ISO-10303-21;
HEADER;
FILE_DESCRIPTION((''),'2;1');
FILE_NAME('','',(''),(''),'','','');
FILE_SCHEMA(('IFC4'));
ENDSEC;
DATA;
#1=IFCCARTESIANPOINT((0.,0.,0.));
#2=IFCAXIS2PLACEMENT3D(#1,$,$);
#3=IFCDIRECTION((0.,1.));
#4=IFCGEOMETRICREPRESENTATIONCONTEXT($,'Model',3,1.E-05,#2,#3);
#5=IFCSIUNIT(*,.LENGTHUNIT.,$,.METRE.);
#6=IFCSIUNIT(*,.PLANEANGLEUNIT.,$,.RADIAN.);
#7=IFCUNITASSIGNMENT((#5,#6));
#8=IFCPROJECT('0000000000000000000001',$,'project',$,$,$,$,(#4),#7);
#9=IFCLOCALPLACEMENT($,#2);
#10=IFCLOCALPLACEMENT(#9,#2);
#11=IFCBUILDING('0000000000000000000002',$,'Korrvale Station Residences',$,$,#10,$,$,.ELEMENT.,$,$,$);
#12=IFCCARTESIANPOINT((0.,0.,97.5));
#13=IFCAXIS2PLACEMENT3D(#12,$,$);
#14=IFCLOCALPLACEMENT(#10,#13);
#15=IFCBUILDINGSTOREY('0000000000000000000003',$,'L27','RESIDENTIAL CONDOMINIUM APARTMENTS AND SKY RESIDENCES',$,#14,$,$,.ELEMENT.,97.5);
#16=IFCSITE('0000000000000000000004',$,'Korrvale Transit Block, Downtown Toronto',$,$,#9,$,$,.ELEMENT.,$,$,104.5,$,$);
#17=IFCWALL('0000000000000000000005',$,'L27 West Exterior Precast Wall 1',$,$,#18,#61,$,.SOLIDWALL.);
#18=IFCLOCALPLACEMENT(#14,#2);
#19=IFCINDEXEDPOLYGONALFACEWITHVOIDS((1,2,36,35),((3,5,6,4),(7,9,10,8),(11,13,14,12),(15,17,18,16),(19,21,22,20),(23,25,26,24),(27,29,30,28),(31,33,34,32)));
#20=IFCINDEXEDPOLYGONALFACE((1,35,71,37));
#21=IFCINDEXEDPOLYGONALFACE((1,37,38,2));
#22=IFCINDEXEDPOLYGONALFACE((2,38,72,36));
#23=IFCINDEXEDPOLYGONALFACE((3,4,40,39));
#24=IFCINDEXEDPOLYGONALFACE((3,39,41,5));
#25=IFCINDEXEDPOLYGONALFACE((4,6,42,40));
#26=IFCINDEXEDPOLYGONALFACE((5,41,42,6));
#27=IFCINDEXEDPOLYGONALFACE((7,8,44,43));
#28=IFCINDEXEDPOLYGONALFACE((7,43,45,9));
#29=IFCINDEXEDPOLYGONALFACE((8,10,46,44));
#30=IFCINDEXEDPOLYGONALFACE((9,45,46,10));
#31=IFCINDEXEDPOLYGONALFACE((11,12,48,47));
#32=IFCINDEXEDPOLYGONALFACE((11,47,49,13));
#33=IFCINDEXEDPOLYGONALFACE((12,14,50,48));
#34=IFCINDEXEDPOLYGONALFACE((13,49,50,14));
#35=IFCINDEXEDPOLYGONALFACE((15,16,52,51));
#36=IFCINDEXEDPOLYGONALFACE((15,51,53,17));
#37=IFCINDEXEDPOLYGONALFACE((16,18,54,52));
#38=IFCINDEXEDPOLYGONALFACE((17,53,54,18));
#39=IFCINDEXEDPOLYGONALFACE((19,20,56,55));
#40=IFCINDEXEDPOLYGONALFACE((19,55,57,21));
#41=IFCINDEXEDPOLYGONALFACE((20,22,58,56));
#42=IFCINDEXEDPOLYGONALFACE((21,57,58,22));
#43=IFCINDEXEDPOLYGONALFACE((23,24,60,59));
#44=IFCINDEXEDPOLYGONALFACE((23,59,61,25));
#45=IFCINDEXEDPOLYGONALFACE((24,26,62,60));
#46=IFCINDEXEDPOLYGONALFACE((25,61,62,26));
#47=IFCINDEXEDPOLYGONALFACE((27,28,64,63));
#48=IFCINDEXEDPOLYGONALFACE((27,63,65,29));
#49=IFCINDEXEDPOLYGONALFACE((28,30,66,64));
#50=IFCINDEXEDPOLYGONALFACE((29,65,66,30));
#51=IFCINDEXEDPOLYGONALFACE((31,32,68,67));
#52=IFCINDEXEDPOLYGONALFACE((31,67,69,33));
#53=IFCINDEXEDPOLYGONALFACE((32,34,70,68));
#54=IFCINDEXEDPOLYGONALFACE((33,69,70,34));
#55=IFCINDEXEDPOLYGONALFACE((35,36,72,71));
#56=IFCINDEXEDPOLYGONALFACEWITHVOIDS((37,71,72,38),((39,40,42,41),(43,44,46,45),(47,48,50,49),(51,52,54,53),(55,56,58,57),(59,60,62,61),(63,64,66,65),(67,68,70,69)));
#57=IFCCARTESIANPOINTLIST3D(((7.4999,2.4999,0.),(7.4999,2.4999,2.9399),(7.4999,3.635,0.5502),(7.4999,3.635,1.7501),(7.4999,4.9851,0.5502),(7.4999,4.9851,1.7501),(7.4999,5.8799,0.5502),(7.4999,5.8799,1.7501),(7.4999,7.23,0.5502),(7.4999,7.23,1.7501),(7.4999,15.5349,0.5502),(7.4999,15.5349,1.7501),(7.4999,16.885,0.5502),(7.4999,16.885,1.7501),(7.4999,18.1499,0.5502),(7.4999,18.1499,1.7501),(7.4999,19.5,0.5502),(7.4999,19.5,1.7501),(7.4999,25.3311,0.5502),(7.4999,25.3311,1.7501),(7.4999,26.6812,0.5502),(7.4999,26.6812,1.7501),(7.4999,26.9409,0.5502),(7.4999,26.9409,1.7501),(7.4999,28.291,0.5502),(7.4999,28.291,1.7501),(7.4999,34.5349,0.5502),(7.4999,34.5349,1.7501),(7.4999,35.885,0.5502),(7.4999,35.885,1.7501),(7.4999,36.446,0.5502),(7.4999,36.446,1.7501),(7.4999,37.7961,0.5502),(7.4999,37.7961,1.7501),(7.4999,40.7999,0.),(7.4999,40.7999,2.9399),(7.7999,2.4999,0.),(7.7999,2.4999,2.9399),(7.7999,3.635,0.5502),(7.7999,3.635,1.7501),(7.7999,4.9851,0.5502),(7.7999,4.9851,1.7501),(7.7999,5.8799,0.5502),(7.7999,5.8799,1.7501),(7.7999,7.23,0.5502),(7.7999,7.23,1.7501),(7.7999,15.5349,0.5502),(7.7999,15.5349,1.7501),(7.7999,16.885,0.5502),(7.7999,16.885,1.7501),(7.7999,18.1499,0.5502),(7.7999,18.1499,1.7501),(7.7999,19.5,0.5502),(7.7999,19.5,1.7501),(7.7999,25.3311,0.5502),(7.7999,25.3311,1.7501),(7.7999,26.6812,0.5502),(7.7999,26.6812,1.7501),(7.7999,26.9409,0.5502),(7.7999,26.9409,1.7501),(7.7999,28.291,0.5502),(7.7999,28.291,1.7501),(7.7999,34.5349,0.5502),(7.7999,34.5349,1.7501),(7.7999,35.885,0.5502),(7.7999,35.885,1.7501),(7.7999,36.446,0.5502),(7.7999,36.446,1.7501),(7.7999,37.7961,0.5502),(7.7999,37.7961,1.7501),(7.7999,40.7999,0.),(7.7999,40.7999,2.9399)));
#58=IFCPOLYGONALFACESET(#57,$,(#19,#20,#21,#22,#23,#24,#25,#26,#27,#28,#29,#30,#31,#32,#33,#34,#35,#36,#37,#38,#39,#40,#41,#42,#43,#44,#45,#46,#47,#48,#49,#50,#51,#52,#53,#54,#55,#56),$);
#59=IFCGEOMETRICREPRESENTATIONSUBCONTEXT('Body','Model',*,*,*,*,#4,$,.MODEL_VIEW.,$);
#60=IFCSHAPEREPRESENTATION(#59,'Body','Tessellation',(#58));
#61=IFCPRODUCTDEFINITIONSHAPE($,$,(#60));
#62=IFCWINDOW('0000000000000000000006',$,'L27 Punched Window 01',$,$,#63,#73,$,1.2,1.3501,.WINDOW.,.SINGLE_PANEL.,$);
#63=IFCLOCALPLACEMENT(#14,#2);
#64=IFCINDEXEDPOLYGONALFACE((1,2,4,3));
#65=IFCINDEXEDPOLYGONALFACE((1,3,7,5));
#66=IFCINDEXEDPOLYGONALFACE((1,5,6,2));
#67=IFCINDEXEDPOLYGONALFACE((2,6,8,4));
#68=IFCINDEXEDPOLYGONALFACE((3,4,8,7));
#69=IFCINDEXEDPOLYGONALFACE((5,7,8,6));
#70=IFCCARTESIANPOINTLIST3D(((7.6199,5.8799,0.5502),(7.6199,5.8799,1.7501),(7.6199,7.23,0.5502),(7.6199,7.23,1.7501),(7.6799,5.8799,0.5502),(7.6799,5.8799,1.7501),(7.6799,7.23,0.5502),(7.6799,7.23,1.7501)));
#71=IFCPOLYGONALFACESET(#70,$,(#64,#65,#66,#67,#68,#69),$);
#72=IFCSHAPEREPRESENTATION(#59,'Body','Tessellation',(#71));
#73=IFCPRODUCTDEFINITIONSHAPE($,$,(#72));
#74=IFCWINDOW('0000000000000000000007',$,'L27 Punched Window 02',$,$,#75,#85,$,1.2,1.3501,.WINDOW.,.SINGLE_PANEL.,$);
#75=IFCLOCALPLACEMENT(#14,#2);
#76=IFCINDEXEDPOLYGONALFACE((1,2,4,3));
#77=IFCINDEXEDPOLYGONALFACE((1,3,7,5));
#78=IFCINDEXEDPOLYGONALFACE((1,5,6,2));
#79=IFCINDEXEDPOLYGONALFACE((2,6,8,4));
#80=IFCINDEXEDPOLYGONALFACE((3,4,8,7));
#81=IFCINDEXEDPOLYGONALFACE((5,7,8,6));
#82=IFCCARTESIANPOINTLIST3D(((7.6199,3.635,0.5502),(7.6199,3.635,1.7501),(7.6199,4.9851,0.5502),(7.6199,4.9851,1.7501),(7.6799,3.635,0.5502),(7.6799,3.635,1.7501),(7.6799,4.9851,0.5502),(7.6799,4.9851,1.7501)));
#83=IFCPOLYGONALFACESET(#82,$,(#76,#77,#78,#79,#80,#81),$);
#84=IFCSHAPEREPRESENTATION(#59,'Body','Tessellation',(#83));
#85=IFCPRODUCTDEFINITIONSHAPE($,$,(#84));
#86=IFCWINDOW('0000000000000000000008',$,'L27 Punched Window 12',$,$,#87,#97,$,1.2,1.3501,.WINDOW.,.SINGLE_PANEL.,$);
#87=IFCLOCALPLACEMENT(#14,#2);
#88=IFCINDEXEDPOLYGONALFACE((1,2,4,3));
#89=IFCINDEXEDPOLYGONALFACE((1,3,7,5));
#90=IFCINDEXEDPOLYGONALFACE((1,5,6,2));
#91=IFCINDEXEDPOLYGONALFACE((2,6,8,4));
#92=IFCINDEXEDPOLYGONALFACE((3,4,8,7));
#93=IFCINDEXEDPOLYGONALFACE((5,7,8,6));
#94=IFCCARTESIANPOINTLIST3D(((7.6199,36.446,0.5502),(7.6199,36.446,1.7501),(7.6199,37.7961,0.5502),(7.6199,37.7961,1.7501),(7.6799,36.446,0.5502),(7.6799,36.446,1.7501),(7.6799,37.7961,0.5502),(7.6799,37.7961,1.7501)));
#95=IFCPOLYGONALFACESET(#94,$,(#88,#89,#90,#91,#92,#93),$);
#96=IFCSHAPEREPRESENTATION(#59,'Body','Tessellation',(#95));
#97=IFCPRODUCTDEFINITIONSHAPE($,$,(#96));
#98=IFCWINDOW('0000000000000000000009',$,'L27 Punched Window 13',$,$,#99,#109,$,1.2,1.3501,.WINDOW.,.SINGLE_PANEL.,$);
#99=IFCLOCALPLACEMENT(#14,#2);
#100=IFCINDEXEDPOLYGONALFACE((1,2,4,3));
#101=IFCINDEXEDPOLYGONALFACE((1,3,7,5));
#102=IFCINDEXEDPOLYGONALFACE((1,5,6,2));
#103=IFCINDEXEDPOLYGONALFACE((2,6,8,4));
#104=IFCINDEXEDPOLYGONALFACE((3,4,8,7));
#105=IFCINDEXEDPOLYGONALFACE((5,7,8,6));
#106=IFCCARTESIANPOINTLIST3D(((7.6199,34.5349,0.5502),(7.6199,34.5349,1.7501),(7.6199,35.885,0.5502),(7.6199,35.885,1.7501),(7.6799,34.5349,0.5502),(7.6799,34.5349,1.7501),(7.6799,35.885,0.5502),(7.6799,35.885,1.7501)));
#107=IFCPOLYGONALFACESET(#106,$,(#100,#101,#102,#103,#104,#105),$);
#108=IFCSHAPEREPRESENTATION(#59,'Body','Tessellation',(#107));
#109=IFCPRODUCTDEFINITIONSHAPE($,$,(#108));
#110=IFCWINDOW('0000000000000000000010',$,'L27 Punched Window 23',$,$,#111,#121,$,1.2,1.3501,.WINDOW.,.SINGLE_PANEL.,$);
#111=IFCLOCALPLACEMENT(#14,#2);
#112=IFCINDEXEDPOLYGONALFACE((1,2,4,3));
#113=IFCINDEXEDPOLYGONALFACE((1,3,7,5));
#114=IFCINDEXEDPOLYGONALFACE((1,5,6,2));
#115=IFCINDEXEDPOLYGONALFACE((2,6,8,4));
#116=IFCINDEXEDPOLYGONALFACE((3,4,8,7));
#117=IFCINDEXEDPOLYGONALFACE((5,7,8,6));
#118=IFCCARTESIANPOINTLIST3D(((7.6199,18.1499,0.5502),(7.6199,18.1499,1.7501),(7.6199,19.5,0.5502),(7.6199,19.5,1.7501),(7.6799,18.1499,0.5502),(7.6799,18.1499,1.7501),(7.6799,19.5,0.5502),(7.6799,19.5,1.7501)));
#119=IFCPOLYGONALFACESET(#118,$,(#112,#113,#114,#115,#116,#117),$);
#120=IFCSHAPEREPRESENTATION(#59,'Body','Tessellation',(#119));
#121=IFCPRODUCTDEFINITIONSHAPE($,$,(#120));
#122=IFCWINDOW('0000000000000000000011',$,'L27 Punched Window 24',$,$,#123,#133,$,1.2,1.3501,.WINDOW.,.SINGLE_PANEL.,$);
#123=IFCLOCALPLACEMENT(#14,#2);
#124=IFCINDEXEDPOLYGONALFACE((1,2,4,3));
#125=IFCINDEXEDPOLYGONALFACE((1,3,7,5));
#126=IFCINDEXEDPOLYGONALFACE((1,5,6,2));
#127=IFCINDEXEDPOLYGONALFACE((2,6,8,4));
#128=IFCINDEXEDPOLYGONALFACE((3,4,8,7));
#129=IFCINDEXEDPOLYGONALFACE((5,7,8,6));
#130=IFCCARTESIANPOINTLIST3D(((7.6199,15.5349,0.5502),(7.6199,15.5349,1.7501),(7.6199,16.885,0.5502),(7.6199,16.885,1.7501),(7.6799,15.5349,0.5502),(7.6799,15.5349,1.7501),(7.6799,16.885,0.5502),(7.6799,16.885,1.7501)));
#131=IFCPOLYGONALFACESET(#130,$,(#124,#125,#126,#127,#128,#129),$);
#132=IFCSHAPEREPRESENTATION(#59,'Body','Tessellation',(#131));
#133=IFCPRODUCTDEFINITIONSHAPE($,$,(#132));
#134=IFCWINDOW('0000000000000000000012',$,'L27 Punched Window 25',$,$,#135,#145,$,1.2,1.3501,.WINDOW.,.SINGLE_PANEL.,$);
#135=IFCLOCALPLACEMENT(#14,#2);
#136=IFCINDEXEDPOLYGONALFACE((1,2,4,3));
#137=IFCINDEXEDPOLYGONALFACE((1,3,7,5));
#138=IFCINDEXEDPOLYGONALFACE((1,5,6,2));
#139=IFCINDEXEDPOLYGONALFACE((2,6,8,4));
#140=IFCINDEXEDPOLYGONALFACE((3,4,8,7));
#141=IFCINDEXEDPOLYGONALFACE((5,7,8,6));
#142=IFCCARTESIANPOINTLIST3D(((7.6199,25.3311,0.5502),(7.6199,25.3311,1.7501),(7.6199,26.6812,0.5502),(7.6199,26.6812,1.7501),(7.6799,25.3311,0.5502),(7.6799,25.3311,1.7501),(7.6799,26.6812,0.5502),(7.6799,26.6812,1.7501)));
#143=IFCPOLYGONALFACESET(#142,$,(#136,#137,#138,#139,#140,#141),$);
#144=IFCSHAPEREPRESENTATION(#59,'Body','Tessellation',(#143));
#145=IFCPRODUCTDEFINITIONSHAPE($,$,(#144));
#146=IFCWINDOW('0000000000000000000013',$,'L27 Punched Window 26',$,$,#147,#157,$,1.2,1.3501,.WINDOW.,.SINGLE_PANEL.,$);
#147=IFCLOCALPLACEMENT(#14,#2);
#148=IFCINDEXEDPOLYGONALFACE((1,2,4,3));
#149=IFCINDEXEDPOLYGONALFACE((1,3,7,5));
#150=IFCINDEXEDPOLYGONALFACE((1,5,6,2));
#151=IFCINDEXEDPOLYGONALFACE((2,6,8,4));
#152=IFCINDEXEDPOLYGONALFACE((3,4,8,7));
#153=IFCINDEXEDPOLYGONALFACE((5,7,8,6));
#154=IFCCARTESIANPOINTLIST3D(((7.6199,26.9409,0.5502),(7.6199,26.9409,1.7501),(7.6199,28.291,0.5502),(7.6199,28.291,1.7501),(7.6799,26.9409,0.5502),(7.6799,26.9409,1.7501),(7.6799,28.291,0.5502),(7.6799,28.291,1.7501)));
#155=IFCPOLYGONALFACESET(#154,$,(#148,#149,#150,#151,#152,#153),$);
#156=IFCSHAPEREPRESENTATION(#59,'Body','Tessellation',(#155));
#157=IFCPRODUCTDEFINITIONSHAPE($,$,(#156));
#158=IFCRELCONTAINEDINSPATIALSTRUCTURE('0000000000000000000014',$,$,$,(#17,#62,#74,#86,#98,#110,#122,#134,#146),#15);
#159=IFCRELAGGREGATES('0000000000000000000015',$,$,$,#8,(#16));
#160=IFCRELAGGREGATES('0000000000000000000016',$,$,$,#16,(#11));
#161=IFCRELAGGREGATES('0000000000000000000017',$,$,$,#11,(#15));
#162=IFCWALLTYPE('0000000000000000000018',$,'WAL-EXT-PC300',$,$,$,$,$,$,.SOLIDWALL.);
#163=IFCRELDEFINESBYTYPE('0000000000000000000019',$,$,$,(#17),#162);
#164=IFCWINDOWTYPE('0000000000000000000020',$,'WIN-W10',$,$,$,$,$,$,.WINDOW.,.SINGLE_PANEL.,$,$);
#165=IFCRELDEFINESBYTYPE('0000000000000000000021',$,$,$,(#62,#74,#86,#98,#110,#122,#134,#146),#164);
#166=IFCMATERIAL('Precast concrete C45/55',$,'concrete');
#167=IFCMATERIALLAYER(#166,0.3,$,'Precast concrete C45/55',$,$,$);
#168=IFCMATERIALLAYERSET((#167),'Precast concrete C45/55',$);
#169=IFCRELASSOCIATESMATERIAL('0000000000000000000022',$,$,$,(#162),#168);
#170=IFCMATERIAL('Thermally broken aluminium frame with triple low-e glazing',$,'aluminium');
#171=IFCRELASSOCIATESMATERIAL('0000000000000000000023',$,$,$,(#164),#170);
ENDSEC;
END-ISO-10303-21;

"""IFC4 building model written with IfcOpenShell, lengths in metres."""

from ifc_helpers import new_model, si_unit, direction, frame, frame_2d, origin, place, context, subcontext, project, spatial, rectangle, extrude, material, layer, layer_set, type_object, element, fill, save


model = new_model("IFC4")

# Units and contexts
model_context = context("Model", 3, precision=1e-05, world=origin(), true_north=direction((0.0, 1.0)))
body_context = subcontext(model_context, "Body", "Model", "MODEL_VIEW")
ifc_project = project(units=[si_unit("LENGTHUNIT", "METRE"), si_unit("PLANEANGLEUNIT", "RADIAN")], contexts=[model_context])

# Site, building, storey
site_placement = place(None, origin())
site = spatial("IfcSite", under=ifc_project, at=site_placement, Name="Korrvale Transit Block, Downtown Toronto", CompositionType="ELEMENT", RefElevation=104.5)
building_placement = place(site_placement, origin())
building = spatial("IfcBuilding", under=site, at=building_placement, Name="Korrvale Station Residences", CompositionType="ELEMENT")
storey_placement = place(building_placement, frame((0.0, 0.0, 97.5)))
storey = spatial("IfcBuildingStorey", under=building, at=storey_placement, Name="L27", Description="RESIDENTIAL CONDOMINIUM APARTMENTS AND SKY RESIDENCES", CompositionType="ELEMENT", Elevation=97.5)

# Shared definitions
ifc_material_1 = material(Name="Precast concrete C45/55", Category="concrete")

# Wall, openings, windows
ifc_layer_1 = layer(ifc_material_1, 0.3, Name="Precast concrete C45/55")
ifc_layer_set_1 = layer_set([ifc_layer_1], Name="Precast concrete C45/55")
wall_type_1 = type_object("IfcWallType", Name="WAL-EXT-PC300", PredefinedType="SOLIDWALL", material=ifc_layer_set_1)
wall_1_placement = place(storey_placement, frame((7.6499, 2.5, 0.0), z_axis=(0.0, 0.0, 1.0), x_axis=(0.0, 1.0, 0.0)))
wall_1 = element("IfcWall", 1, at=wall_1_placement, inside=storey, type_object=wall_type_1, Name="L27 West Exterior Precast Wall 1", PredefinedType="SOLIDWALL", context=body_context, shape_type="SweptSolid", body=[
    extrude(rectangle(XDim=38.3, YDim=0.3, at=frame_2d((19.1499, 0.0))), origin(), (0.0, 0.0, 1.0), 2.9399),
])
opening_1_placement = place(wall_1_placement, frame((3.3799, 0.0, 0.55)))
opening_1 = element("IfcOpeningElement", 2, at=opening_1_placement, cuts=wall_1, PredefinedType="OPENING", context=body_context, shape_type="SweptSolid", body=[
    extrude(rectangle(XDim=1.3501, YDim=1.2, at=frame_2d((0.675, 0.6001))), frame((0.0, 0.1602, 0.0), z_axis=(0.0, -1.0, 0.0), x_axis=(1.0, 0.0, 0.0)), (0.0, 0.0, 1.0), 0.3201),
])
opening_2_placement = place(wall_1_placement, frame((1.135, 0.0, 0.55)))
opening_2 = element("IfcOpeningElement", 3, at=opening_2_placement, cuts=wall_1, PredefinedType="OPENING", context=body_context, shape_type="SweptSolid", body=[
    extrude(rectangle(XDim=1.3501, YDim=1.2, at=frame_2d((0.675, 0.6001))), frame((0.0, 0.1602, 0.0), z_axis=(0.0, -1.0, 0.0), x_axis=(1.0, 0.0, 0.0)), (0.0, 0.0, 1.0), 0.3201),
])
opening_3_placement = place(wall_1_placement, frame((33.946, 0.0, 0.55)))
opening_3 = element("IfcOpeningElement", 4, at=opening_3_placement, cuts=wall_1, PredefinedType="OPENING", context=body_context, shape_type="SweptSolid", body=[
    extrude(rectangle(XDim=1.3501, YDim=1.2, at=frame_2d((0.675, 0.6001))), frame((0.0, 0.1602, 0.0), z_axis=(0.0, -1.0, 0.0), x_axis=(1.0, 0.0, 0.0)), (0.0, 0.0, 1.0), 0.3201),
])
opening_4_placement = place(wall_1_placement, frame((32.0349, 0.0, 0.55)))
opening_4 = element("IfcOpeningElement", 5, at=opening_4_placement, cuts=wall_1, PredefinedType="OPENING", context=body_context, shape_type="SweptSolid", body=[
    extrude(rectangle(XDim=1.3501, YDim=1.2, at=frame_2d((0.675, 0.6001))), frame((0.0, 0.1602, 0.0), z_axis=(0.0, -1.0, 0.0), x_axis=(1.0, 0.0, 0.0)), (0.0, 0.0, 1.0), 0.3201),
])
opening_5_placement = place(wall_1_placement, frame((15.6499, 0.0, 0.55)))
opening_5 = element("IfcOpeningElement", 6, at=opening_5_placement, cuts=wall_1, PredefinedType="OPENING", context=body_context, shape_type="SweptSolid", body=[
    extrude(rectangle(XDim=1.3501, YDim=1.2, at=frame_2d((0.675, 0.6001))), frame((0.0, 0.1602, 0.0), z_axis=(0.0, -1.0, 0.0), x_axis=(1.0, 0.0, 0.0)), (0.0, 0.0, 1.0), 0.3201),
])
opening_6_placement = place(wall_1_placement, frame((13.0349, 0.0, 0.55)))
opening_6 = element("IfcOpeningElement", 7, at=opening_6_placement, cuts=wall_1, PredefinedType="OPENING", context=body_context, shape_type="SweptSolid", body=[
    extrude(rectangle(XDim=1.3501, YDim=1.2, at=frame_2d((0.675, 0.6001))), frame((0.0, 0.1602, 0.0), z_axis=(0.0, -1.0, 0.0), x_axis=(1.0, 0.0, 0.0)), (0.0, 0.0, 1.0), 0.3201),
])
opening_7_placement = place(wall_1_placement, frame((22.8311, 0.0, 0.55)))
opening_7 = element("IfcOpeningElement", 8, at=opening_7_placement, cuts=wall_1, PredefinedType="OPENING", context=body_context, shape_type="SweptSolid", body=[
    extrude(rectangle(XDim=1.3501, YDim=1.2, at=frame_2d((0.675, 0.6001))), frame((0.0, 0.1602, 0.0), z_axis=(0.0, -1.0, 0.0), x_axis=(1.0, 0.0, 0.0)), (0.0, 0.0, 1.0), 0.3201),
])
opening_8_placement = place(wall_1_placement, frame((24.4409, 0.0, 0.55)))
opening_8 = element("IfcOpeningElement", 9, at=opening_8_placement, cuts=wall_1, PredefinedType="OPENING", context=body_context, shape_type="SweptSolid", body=[
    extrude(rectangle(XDim=1.3501, YDim=1.2, at=frame_2d((0.675, 0.6001))), frame((0.0, 0.1602, 0.0), z_axis=(0.0, -1.0, 0.0), x_axis=(1.0, 0.0, 0.0)), (0.0, 0.0, 1.0), 0.3201),
])
ifc_material_2 = material(Name="Thermally broken aluminium frame with triple low-e glazing", Category="aluminium")
window_type = type_object("IfcWindowType", Name="WIN-W10", PartitioningType="SINGLE_PANEL", PredefinedType="WINDOW", material=ifc_material_2)
window_1_placement = place(opening_1_placement, origin())
window_1 = element("IfcWindow", 10, at=window_1_placement, inside=storey, type_object=window_type, Name="L27 Punched Window 01", OverallHeight=1.2, OverallWidth=1.3501, PartitioningType="SINGLE_PANEL", PredefinedType="WINDOW", context=body_context, shape_type="SweptSolid", body=[
    extrude(rectangle(XDim=1.3501, YDim=1.2, at=frame_2d((0.675, 0.6001))), frame((0.0, 0.03, 0.0), z_axis=(0.0, -1.0, 0.0), x_axis=(1.0, 0.0, 0.0)), (0.0, 0.0, 1.0), 0.0601),
])
fill(opening_1, window_1)
window_2_placement = place(opening_2_placement, origin())
window_2 = element("IfcWindow", 11, at=window_2_placement, inside=storey, type_object=window_type, Name="L27 Punched Window 02", OverallHeight=1.2, OverallWidth=1.3501, PartitioningType="SINGLE_PANEL", PredefinedType="WINDOW", context=body_context, shape_type="SweptSolid", body=[
    extrude(rectangle(XDim=1.3501, YDim=1.2, at=frame_2d((0.675, 0.6001))), frame((0.0, 0.03, 0.0), z_axis=(0.0, -1.0, 0.0), x_axis=(1.0, 0.0, 0.0)), (0.0, 0.0, 1.0), 0.0601),
])
fill(opening_2, window_2)
window_3_placement = place(opening_3_placement, origin())
window_3 = element("IfcWindow", 12, at=window_3_placement, inside=storey, type_object=window_type, Name="L27 Punched Window 12", OverallHeight=1.2, OverallWidth=1.3501, PartitioningType="SINGLE_PANEL", PredefinedType="WINDOW", context=body_context, shape_type="SweptSolid", body=[
    extrude(rectangle(XDim=1.3501, YDim=1.2, at=frame_2d((0.675, 0.6001))), frame((0.0, 0.03, 0.0), z_axis=(0.0, -1.0, 0.0), x_axis=(1.0, 0.0, 0.0)), (0.0, 0.0, 1.0), 0.0601),
])
fill(opening_3, window_3)
window_4_placement = place(opening_4_placement, origin())
window_4 = element("IfcWindow", 13, at=window_4_placement, inside=storey, type_object=window_type, Name="L27 Punched Window 13", OverallHeight=1.2, OverallWidth=1.3501, PartitioningType="SINGLE_PANEL", PredefinedType="WINDOW", context=body_context, shape_type="SweptSolid", body=[
    extrude(rectangle(XDim=1.3501, YDim=1.2, at=frame_2d((0.675, 0.6001))), frame((0.0, 0.03, 0.0), z_axis=(0.0, -1.0, 0.0), x_axis=(1.0, 0.0, 0.0)), (0.0, 0.0, 1.0), 0.0601),
])
fill(opening_4, window_4)
window_5_placement = place(opening_5_placement, origin())
window_5 = element("IfcWindow", 14, at=window_5_placement, inside=storey, type_object=window_type, Name="L27 Punched Window 23", OverallHeight=1.2, OverallWidth=1.3501, PartitioningType="SINGLE_PANEL", PredefinedType="WINDOW", context=body_context, shape_type="SweptSolid", body=[
    extrude(rectangle(XDim=1.3501, YDim=1.2, at=frame_2d((0.675, 0.6001))), frame((0.0, 0.03, 0.0), z_axis=(0.0, -1.0, 0.0), x_axis=(1.0, 0.0, 0.0)), (0.0, 0.0, 1.0), 0.0601),
])
fill(opening_5, window_5)
window_6_placement = place(opening_6_placement, origin())
window_6 = element("IfcWindow", 15, at=window_6_placement, inside=storey, type_object=window_type, Name="L27 Punched Window 24", OverallHeight=1.2, OverallWidth=1.3501, PartitioningType="SINGLE_PANEL", PredefinedType="WINDOW", context=body_context, shape_type="SweptSolid", body=[
    extrude(rectangle(XDim=1.3501, YDim=1.2, at=frame_2d((0.675, 0.6001))), frame((0.0, 0.03, 0.0), z_axis=(0.0, -1.0, 0.0), x_axis=(1.0, 0.0, 0.0)), (0.0, 0.0, 1.0), 0.0601),
])
fill(opening_6, window_6)
window_7_placement = place(opening_7_placement, origin())
window_7 = element("IfcWindow", 16, at=window_7_placement, inside=storey, type_object=window_type, Name="L27 Punched Window 25", OverallHeight=1.2, OverallWidth=1.3501, PartitioningType="SINGLE_PANEL", PredefinedType="WINDOW", context=body_context, shape_type="SweptSolid", body=[
    extrude(rectangle(XDim=1.3501, YDim=1.2, at=frame_2d((0.675, 0.6001))), frame((0.0, 0.03, 0.0), z_axis=(0.0, -1.0, 0.0), x_axis=(1.0, 0.0, 0.0)), (0.0, 0.0, 1.0), 0.0601),
])
fill(opening_7, window_7)
window_8_placement = place(opening_8_placement, origin())
window_8 = element("IfcWindow", 17, at=window_8_placement, inside=storey, type_object=window_type, Name="L27 Punched Window 26", OverallHeight=1.2, OverallWidth=1.3501, PartitioningType="SINGLE_PANEL", PredefinedType="WINDOW", context=body_context, shape_type="SweptSolid", body=[
    extrude(rectangle(XDim=1.3501, YDim=1.2, at=frame_2d((0.675, 0.6001))), frame((0.0, 0.03, 0.0), z_axis=(0.0, -1.0, 0.0), x_axis=(1.0, 0.0, 0.0)), (0.0, 0.0, 1.0), 0.0601),
])
fill(opening_8, window_8)

save(model, "model.ifc")
